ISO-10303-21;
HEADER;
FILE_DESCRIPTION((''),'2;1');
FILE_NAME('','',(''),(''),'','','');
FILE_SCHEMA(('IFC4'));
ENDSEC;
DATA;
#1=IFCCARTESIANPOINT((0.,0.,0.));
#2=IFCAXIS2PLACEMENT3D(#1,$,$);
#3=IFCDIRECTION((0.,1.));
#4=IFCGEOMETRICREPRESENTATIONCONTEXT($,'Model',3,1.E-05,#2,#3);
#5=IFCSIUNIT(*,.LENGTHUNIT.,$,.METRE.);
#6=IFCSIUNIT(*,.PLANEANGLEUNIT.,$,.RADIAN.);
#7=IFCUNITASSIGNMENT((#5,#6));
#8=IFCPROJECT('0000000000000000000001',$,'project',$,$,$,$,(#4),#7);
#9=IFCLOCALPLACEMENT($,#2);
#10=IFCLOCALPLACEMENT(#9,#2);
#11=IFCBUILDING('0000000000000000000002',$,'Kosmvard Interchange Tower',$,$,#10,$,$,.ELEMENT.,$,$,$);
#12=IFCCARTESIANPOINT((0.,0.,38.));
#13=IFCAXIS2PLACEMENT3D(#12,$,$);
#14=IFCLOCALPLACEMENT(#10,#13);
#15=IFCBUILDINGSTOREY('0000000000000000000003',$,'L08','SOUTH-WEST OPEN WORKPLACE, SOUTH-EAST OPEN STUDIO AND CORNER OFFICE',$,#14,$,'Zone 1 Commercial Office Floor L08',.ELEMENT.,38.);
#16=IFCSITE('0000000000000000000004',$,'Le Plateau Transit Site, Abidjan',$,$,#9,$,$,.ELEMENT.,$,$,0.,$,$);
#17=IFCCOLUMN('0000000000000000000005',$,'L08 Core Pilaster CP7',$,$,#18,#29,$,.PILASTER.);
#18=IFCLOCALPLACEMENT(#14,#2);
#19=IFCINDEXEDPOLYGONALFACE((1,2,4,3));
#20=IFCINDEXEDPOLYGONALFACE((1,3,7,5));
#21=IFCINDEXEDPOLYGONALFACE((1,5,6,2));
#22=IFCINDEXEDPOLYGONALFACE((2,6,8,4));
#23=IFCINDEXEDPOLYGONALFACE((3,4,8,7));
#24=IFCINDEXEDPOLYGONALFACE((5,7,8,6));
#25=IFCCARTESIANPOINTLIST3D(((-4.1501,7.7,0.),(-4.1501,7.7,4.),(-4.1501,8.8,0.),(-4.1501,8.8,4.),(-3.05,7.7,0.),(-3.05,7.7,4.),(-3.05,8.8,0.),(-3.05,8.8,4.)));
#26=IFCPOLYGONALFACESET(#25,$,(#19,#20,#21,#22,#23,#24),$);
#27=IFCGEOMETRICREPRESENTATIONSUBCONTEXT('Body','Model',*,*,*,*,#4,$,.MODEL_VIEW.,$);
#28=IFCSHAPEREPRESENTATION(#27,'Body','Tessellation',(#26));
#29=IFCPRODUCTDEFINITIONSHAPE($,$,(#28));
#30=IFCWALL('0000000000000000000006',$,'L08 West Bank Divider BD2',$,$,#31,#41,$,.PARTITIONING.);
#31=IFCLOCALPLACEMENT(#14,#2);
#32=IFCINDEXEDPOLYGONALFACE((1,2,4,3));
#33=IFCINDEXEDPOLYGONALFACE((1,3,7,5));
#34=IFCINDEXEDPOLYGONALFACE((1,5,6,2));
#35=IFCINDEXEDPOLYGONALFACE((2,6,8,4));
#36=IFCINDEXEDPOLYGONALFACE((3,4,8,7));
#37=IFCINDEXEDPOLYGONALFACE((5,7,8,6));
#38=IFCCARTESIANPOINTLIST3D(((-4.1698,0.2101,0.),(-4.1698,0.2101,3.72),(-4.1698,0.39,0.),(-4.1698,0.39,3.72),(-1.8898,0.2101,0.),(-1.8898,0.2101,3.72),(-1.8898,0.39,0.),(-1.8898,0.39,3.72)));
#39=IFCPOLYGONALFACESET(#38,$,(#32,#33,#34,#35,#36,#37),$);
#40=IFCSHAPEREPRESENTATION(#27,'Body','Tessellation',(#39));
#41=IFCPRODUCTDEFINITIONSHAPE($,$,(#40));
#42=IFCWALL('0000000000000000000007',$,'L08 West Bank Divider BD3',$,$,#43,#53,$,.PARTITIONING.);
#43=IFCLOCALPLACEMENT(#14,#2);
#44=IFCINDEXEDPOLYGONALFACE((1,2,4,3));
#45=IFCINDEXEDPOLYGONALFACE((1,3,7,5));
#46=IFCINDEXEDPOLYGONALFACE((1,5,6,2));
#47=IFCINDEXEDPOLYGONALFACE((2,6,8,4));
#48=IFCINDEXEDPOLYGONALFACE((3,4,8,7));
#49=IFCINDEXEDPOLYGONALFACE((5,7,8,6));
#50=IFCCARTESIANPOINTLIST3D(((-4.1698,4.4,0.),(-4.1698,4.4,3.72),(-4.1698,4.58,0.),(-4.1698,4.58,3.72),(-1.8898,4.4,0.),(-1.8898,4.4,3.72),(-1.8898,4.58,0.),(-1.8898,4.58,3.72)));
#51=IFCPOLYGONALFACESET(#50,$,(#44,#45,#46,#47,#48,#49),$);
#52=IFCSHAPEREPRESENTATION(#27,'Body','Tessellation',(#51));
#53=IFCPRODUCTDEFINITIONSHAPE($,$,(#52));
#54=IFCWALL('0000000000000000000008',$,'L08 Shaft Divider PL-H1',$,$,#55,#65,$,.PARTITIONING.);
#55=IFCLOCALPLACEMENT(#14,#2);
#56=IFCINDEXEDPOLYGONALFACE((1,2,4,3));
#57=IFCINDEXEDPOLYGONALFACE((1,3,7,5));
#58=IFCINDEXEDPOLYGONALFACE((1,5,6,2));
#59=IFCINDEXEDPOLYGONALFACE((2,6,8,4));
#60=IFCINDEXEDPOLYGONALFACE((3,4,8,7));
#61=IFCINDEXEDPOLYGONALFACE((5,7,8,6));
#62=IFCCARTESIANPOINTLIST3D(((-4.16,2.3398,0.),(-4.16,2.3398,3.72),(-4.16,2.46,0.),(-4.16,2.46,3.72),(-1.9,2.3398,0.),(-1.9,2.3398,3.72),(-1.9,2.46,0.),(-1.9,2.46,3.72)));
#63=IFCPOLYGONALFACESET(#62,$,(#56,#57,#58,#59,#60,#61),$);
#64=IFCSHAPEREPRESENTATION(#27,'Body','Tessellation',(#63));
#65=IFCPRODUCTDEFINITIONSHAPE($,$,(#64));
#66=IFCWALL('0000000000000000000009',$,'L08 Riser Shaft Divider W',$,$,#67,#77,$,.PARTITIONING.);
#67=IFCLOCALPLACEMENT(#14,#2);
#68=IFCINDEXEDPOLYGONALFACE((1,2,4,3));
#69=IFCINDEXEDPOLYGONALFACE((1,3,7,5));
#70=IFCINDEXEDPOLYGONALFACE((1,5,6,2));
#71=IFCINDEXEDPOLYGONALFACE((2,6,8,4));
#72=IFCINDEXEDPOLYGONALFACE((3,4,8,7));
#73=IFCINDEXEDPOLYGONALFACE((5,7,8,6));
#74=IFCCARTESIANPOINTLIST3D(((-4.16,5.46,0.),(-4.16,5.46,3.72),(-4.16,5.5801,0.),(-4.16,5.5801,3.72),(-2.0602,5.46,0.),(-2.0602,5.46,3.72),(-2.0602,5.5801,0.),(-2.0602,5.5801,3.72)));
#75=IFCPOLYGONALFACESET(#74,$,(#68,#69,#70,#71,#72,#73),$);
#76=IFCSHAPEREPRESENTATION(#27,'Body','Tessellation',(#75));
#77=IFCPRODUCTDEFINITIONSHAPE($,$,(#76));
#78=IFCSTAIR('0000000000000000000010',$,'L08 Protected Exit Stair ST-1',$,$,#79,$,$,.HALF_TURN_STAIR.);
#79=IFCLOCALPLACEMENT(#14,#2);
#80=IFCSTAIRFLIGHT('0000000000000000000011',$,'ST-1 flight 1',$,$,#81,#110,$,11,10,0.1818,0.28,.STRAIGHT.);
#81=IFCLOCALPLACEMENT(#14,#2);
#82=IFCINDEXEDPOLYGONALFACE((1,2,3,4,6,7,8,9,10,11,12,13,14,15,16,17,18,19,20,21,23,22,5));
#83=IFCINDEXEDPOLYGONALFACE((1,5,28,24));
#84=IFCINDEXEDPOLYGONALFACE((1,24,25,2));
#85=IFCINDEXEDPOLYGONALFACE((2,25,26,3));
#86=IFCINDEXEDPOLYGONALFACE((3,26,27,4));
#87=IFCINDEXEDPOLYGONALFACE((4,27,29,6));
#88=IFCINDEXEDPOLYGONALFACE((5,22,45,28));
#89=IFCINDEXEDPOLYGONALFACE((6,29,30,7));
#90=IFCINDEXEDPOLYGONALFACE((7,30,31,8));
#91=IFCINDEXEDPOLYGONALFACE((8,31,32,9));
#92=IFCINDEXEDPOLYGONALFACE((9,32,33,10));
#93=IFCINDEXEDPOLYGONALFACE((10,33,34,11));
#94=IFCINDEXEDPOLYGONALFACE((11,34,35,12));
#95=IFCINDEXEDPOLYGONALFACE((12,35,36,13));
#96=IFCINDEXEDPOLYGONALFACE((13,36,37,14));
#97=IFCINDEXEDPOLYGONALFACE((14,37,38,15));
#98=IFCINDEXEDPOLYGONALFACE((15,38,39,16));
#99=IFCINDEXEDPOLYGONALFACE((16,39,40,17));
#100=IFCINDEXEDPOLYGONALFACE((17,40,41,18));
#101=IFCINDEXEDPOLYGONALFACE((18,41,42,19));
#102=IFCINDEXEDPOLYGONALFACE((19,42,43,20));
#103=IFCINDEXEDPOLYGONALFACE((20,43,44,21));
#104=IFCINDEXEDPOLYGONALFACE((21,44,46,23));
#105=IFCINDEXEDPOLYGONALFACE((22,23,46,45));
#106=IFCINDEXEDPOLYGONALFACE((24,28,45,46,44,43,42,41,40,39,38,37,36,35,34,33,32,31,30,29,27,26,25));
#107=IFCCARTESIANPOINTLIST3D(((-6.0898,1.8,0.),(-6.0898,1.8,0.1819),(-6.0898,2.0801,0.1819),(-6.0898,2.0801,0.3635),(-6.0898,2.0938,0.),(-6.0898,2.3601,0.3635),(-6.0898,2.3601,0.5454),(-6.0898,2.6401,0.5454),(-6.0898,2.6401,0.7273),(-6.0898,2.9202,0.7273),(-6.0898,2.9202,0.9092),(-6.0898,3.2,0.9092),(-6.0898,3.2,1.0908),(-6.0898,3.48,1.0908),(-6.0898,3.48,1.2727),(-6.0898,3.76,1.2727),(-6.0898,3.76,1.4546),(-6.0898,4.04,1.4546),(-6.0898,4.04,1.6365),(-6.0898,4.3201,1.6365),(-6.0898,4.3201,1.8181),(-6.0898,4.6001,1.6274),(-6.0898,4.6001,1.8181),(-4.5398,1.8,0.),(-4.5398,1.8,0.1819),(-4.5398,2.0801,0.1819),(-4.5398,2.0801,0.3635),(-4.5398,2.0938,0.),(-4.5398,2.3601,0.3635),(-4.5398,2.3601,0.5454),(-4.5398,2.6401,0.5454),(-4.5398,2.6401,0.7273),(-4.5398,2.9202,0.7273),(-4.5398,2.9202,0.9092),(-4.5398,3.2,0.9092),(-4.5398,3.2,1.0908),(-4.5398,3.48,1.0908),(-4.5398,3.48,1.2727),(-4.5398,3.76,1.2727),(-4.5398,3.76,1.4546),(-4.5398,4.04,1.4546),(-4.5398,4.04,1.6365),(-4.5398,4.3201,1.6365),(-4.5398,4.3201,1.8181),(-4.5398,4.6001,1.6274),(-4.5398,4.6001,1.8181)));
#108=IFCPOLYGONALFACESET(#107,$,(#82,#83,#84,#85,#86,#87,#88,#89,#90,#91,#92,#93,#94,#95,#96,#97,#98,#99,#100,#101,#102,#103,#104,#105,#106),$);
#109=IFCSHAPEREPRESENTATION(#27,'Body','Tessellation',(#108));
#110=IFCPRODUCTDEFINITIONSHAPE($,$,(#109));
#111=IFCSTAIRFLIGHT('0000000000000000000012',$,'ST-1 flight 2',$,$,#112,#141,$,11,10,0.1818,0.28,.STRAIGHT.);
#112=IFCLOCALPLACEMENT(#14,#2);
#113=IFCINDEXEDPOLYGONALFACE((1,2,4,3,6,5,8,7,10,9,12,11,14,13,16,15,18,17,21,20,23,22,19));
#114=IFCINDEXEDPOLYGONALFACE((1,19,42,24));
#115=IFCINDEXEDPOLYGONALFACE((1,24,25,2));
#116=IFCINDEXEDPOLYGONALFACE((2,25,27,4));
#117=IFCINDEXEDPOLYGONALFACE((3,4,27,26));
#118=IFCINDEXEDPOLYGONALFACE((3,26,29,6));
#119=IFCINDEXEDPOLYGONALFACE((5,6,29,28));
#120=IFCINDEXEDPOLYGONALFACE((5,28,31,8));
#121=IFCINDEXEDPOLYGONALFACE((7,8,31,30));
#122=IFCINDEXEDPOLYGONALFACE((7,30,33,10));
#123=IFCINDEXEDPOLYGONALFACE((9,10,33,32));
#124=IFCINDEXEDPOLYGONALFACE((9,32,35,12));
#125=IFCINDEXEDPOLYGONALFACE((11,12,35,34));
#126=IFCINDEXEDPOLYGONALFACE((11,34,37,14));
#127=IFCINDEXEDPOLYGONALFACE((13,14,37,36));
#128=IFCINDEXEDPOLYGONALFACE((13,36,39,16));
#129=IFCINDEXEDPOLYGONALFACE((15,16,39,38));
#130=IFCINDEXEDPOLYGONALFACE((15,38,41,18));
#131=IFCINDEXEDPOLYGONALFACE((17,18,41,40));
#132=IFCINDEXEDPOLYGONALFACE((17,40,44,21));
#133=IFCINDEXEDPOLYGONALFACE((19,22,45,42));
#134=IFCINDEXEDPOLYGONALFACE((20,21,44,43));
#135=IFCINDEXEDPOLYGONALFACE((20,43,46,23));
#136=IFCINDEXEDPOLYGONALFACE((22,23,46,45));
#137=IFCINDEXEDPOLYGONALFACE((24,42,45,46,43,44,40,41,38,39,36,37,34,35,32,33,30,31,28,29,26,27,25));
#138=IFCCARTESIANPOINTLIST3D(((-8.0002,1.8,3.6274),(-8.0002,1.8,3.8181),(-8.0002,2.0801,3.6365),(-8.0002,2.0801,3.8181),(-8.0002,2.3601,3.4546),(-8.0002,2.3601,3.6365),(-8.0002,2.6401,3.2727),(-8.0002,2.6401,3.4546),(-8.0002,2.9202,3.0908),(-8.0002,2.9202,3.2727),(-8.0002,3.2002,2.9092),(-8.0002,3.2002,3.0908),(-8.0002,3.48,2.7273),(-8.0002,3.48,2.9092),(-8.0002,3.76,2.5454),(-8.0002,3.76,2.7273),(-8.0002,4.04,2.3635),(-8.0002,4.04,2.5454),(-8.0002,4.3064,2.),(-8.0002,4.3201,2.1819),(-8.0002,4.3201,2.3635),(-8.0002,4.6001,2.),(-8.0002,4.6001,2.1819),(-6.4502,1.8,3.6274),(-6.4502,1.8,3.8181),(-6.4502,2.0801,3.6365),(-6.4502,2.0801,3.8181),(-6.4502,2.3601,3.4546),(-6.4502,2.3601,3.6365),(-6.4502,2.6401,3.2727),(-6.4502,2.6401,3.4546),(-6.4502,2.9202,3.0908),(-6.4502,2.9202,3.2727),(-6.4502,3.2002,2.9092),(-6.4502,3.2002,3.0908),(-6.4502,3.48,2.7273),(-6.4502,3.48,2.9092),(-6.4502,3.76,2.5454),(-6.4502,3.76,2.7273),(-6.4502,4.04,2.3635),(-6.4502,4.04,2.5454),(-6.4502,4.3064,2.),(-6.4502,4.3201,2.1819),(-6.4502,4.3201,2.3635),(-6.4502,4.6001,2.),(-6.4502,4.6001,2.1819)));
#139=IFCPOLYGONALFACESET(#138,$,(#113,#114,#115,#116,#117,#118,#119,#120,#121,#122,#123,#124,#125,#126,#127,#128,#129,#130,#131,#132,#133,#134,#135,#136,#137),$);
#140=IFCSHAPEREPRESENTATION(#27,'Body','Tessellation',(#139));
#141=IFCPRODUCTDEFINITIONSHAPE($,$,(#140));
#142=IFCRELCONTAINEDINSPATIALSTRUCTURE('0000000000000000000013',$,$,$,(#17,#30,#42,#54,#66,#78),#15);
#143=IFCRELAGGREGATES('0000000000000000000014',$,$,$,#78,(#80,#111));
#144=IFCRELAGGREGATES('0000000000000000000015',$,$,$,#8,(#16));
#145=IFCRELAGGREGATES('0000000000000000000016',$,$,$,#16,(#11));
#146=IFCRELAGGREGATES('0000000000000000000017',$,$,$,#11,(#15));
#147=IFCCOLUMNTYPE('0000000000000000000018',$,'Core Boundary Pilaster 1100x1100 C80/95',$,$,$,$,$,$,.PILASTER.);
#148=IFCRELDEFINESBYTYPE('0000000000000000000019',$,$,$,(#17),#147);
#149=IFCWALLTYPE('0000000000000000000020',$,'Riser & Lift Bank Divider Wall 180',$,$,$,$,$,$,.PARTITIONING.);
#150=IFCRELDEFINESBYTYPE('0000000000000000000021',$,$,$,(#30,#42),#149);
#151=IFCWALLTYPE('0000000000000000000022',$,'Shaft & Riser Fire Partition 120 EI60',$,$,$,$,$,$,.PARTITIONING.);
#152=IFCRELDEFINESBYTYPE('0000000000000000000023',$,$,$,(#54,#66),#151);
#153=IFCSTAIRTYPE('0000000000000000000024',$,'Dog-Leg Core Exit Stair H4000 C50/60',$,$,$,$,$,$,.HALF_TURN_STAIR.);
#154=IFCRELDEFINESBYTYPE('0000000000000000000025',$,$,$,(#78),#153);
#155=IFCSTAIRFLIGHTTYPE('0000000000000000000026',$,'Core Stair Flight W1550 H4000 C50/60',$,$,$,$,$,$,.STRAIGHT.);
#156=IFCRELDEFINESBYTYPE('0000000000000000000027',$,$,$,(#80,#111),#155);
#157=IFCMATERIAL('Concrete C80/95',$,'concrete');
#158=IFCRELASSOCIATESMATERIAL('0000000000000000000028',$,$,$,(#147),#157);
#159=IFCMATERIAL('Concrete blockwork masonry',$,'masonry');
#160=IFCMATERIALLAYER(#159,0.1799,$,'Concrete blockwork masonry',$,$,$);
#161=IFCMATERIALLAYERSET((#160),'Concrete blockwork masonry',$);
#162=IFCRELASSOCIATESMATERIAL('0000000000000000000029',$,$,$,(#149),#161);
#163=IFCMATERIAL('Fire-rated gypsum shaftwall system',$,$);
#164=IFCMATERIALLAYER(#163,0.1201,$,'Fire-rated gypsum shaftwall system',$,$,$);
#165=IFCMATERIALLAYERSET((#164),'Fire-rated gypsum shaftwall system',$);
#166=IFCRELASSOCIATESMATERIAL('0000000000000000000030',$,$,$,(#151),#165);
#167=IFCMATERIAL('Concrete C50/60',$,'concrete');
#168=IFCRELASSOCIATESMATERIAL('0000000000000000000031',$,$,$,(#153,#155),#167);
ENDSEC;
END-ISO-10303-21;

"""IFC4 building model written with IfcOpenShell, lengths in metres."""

from ifc_helpers import new_model, si_unit, direction, frame, frame_2d, origin, origin_2d, place, context, subcontext, project, spatial, polyline, rectangle, outline, extrude, source, transform, mapped, material, layer, layer_set, material_profile, profile_set, type_object, element, aggregate, save


model = new_model("IFC4")

# Units and contexts
model_context = context("Model", 3, precision=1e-05, world=origin(), true_north=direction((0.0, 1.0)))
body_context = subcontext(model_context, "Body", "Model", "MODEL_VIEW")
ifc_project = project(units=[si_unit("LENGTHUNIT", "METRE"), si_unit("PLANEANGLEUNIT", "RADIAN")], contexts=[model_context])

# Site, building, storey
site_placement = place(None, origin())
site = spatial("IfcSite", under=ifc_project, at=site_placement, Name="Le Plateau Transit Site, Abidjan", CompositionType="ELEMENT", RefElevation=0.0)
building_placement = place(site_placement, origin())
building = spatial("IfcBuilding", under=site, at=building_placement, Name="Kosmvard Interchange Tower", CompositionType="ELEMENT")
storey_placement = place(building_placement, frame((0.0, 0.0, 38.0)))
storey = spatial("IfcBuildingStorey", under=building, at=storey_placement, Name="L08", Description="SOUTH-WEST OPEN WORKPLACE, SOUTH-EAST OPEN STUDIO AND CORNER OFFICE", LongName="Zone 1 Commercial Office Floor L08", CompositionType="ELEMENT", Elevation=38.0)

# Column
ifc_material_1 = material(Name="Concrete C80/95", Category="concrete")
ifc_material_profile = material_profile(ifc_material_1, rectangle(XDim=1.1001, YDim=1.1001, at=origin_2d()), Name="CP 1100x1100")
ifc_profile_set = profile_set([ifc_material_profile], Name="Concrete C80/95")
column_type = type_object("IfcColumnType", Name="Core Boundary Pilaster 1100x1100 C80/95", PredefinedType="PILASTER", material=ifc_profile_set)
shared_shape_1 = source(origin(), body_context, "Body", "SweptSolid", [
    extrude(rectangle(XDim=1.1001, YDim=1.1001, at=origin_2d()), origin(), (0.0, 0.0, 1.0), 4.0),
])
column_placement = place(storey_placement, frame((-3.6001, 8.25, 0.0), z_axis=(0.0, 0.0, 1.0), x_axis=(1.0, 0.0, 0.0)))
element("IfcColumn", 1, at=column_placement, inside=storey, type_object=column_type, Name="L08 Core Pilaster CP7", PredefinedType="PILASTER", context=body_context, shape_type="MappedRepresentation", body=[
    mapped(shared_shape_1, transform((0.0, 0.0, 0.0), scale=1.0)),
])

# Walls
ifc_material_2 = material(Name="Concrete blockwork masonry", Category="masonry")
ifc_layer_1 = layer(ifc_material_2, 0.1799, Name="Concrete blockwork masonry")
ifc_layer_set_1 = layer_set([ifc_layer_1], Name="Concrete blockwork masonry")
wall_type_1 = type_object("IfcWallType", Name="Riser & Lift Bank Divider Wall 180", PredefinedType="PARTITIONING", material=ifc_layer_set_1)
for number, where, z_axis, x_axis, name in (
    (2, (-4.1699, 0.3, 0.0), (0.0, 0.0, 1.0), (1.0, 0.0, 0.0), "L08 West Bank Divider BD2"),
    (3, (-4.1699, 4.49, 0.0), (0.0, 0.0, 1.0), (1.0, 0.0, 0.0), "L08 West Bank Divider BD3"),
):
    element("IfcWall", number, at=place(storey_placement, frame(where, z_axis=z_axis, x_axis=x_axis)), inside=storey, type_object=wall_type_1, Name=name, PredefinedType="PARTITIONING", context=body_context, shape_type="SweptSolid", body=[
        extrude(rectangle(XDim=2.28, YDim=0.1799, at=frame_2d((1.1401, 0.0))), origin(), (0.0, 0.0, 1.0), 3.72),
    ])
ifc_material_3 = material(Name="Fire-rated gypsum shaftwall system")
ifc_layer_2 = layer(ifc_material_3, 0.1201, Name="Fire-rated gypsum shaftwall system")
ifc_layer_set_2 = layer_set([ifc_layer_2], Name="Fire-rated gypsum shaftwall system")
wall_type_2 = type_object("IfcWallType", Name="Shaft & Riser Fire Partition 120 EI60", PredefinedType="PARTITIONING", material=ifc_layer_set_2)
wall_1_placement = place(storey_placement, frame((-4.1599, 2.3999, 0.0), z_axis=(0.0, 0.0, 1.0), x_axis=(1.0, 0.0, 0.0)))
element("IfcWall", 4, at=wall_1_placement, inside=storey, type_object=wall_type_2, Name="L08 Shaft Divider PL-H1", PredefinedType="PARTITIONING", context=body_context, shape_type="SweptSolid", body=[
    extrude(rectangle(XDim=2.26, YDim=0.1201, at=frame_2d((1.1299, 0.0))), origin(), (0.0, 0.0, 1.0), 3.72),
])
wall_2_placement = place(storey_placement, frame((-4.1599, 5.52, 0.0), z_axis=(0.0, 0.0, 1.0), x_axis=(1.0, 0.0, 0.0)))
element("IfcWall", 5, at=wall_2_placement, inside=storey, type_object=wall_type_2, Name="L08 Riser Shaft Divider W", PredefinedType="PARTITIONING", context=body_context, shape_type="SweptSolid", body=[
    extrude(rectangle(XDim=2.0999, YDim=0.1201, at=frame_2d((1.0498, 0.0))), origin(), (0.0, 0.0, 1.0), 3.72),
])

# Stair, stair flights
ifc_material_4 = material(Name="Concrete C50/60", Category="concrete")
stair_type = type_object("IfcStairType", Name="Dog-Leg Core Exit Stair H4000 C50/60", PredefinedType="HALF_TURN_STAIR", material=ifc_material_4)
stair_placement = place(storey_placement, origin())
stair = element("IfcStair", 6, at=stair_placement, inside=storey, type_object=stair_type, Name="L08 Protected Exit Stair ST-1", PredefinedType="HALF_TURN_STAIR")
stair_flight_type = type_object("IfcStairFlightType", Name="Core Stair Flight W1550 H4000 C50/60", PredefinedType="STRAIGHT", material=ifc_material_4)
shared_shape_2 = source(origin(), body_context, "Body", "SweptSolid", [
    extrude(outline(polyline([(0.0, 0.0), (0.0, 0.1819), (0.28, 0.1819), (0.28, 0.3635), (0.5601, 0.3635), (0.5601, 0.5454), (0.8401, 0.5454), (0.8401, 0.7273), (1.1201, 0.7273), (1.1201, 0.9092), (1.3999, 0.9092), (1.3999, 1.0908), (1.6799, 1.0908), (1.6799, 1.2727), (1.96, 1.2727), (1.96, 1.4546), (2.24, 1.4546), (2.24, 1.6365), (2.52, 1.6365), (2.52, 1.8181), (2.8, 1.8181), (2.8, 2.0), (2.8, 1.6274), (0.2937, 0.0), (0.0, 0.0)])), frame((0.0, 0.7749, 0.0), z_axis=(0.0, -1.0, 0.0), x_axis=(1.0, 0.0, 0.0)), (0.0, 0.0, 1.0), 1.55),
])
stair_flight_1_placement = place(storey_placement, frame((-5.3149, 1.8, 0.0), z_axis=(0.0, 0.0, 1.0), x_axis=(0.0, 1.0, 0.0)))
stair_flight_1 = element("IfcStairFlight", 7, at=stair_flight_1_placement, type_object=stair_flight_type, Name="ST-1 flight 1", NumberOfRisers=11, NumberOfTreads=10, PredefinedType="STRAIGHT", RiserHeight=0.1818, TreadLength=0.28, context=body_context, shape_type="MappedRepresentation", body=[
    mapped(shared_shape_2, transform((0.0, 0.0, 0.0), scale=1.0)),
])
stair_flight_2_placement = place(storey_placement, frame((-7.2251, 4.6001, 2.0), z_axis=(0.0, 0.0, 1.0), x_axis=(0.0, -1.0, 0.0)))
stair_flight_2 = element("IfcStairFlight", 8, at=stair_flight_2_placement, type_object=stair_flight_type, Name="ST-1 flight 2", NumberOfRisers=11, NumberOfTreads=10, PredefinedType="STRAIGHT", RiserHeight=0.1818, TreadLength=0.28, context=body_context, shape_type="MappedRepresentation", body=[
    mapped(shared_shape_2, transform((0.0, 0.0, 0.0), scale=1.0)),
])
aggregate(stair, [stair_flight_1, stair_flight_2])

save(model, "model.ifc")
